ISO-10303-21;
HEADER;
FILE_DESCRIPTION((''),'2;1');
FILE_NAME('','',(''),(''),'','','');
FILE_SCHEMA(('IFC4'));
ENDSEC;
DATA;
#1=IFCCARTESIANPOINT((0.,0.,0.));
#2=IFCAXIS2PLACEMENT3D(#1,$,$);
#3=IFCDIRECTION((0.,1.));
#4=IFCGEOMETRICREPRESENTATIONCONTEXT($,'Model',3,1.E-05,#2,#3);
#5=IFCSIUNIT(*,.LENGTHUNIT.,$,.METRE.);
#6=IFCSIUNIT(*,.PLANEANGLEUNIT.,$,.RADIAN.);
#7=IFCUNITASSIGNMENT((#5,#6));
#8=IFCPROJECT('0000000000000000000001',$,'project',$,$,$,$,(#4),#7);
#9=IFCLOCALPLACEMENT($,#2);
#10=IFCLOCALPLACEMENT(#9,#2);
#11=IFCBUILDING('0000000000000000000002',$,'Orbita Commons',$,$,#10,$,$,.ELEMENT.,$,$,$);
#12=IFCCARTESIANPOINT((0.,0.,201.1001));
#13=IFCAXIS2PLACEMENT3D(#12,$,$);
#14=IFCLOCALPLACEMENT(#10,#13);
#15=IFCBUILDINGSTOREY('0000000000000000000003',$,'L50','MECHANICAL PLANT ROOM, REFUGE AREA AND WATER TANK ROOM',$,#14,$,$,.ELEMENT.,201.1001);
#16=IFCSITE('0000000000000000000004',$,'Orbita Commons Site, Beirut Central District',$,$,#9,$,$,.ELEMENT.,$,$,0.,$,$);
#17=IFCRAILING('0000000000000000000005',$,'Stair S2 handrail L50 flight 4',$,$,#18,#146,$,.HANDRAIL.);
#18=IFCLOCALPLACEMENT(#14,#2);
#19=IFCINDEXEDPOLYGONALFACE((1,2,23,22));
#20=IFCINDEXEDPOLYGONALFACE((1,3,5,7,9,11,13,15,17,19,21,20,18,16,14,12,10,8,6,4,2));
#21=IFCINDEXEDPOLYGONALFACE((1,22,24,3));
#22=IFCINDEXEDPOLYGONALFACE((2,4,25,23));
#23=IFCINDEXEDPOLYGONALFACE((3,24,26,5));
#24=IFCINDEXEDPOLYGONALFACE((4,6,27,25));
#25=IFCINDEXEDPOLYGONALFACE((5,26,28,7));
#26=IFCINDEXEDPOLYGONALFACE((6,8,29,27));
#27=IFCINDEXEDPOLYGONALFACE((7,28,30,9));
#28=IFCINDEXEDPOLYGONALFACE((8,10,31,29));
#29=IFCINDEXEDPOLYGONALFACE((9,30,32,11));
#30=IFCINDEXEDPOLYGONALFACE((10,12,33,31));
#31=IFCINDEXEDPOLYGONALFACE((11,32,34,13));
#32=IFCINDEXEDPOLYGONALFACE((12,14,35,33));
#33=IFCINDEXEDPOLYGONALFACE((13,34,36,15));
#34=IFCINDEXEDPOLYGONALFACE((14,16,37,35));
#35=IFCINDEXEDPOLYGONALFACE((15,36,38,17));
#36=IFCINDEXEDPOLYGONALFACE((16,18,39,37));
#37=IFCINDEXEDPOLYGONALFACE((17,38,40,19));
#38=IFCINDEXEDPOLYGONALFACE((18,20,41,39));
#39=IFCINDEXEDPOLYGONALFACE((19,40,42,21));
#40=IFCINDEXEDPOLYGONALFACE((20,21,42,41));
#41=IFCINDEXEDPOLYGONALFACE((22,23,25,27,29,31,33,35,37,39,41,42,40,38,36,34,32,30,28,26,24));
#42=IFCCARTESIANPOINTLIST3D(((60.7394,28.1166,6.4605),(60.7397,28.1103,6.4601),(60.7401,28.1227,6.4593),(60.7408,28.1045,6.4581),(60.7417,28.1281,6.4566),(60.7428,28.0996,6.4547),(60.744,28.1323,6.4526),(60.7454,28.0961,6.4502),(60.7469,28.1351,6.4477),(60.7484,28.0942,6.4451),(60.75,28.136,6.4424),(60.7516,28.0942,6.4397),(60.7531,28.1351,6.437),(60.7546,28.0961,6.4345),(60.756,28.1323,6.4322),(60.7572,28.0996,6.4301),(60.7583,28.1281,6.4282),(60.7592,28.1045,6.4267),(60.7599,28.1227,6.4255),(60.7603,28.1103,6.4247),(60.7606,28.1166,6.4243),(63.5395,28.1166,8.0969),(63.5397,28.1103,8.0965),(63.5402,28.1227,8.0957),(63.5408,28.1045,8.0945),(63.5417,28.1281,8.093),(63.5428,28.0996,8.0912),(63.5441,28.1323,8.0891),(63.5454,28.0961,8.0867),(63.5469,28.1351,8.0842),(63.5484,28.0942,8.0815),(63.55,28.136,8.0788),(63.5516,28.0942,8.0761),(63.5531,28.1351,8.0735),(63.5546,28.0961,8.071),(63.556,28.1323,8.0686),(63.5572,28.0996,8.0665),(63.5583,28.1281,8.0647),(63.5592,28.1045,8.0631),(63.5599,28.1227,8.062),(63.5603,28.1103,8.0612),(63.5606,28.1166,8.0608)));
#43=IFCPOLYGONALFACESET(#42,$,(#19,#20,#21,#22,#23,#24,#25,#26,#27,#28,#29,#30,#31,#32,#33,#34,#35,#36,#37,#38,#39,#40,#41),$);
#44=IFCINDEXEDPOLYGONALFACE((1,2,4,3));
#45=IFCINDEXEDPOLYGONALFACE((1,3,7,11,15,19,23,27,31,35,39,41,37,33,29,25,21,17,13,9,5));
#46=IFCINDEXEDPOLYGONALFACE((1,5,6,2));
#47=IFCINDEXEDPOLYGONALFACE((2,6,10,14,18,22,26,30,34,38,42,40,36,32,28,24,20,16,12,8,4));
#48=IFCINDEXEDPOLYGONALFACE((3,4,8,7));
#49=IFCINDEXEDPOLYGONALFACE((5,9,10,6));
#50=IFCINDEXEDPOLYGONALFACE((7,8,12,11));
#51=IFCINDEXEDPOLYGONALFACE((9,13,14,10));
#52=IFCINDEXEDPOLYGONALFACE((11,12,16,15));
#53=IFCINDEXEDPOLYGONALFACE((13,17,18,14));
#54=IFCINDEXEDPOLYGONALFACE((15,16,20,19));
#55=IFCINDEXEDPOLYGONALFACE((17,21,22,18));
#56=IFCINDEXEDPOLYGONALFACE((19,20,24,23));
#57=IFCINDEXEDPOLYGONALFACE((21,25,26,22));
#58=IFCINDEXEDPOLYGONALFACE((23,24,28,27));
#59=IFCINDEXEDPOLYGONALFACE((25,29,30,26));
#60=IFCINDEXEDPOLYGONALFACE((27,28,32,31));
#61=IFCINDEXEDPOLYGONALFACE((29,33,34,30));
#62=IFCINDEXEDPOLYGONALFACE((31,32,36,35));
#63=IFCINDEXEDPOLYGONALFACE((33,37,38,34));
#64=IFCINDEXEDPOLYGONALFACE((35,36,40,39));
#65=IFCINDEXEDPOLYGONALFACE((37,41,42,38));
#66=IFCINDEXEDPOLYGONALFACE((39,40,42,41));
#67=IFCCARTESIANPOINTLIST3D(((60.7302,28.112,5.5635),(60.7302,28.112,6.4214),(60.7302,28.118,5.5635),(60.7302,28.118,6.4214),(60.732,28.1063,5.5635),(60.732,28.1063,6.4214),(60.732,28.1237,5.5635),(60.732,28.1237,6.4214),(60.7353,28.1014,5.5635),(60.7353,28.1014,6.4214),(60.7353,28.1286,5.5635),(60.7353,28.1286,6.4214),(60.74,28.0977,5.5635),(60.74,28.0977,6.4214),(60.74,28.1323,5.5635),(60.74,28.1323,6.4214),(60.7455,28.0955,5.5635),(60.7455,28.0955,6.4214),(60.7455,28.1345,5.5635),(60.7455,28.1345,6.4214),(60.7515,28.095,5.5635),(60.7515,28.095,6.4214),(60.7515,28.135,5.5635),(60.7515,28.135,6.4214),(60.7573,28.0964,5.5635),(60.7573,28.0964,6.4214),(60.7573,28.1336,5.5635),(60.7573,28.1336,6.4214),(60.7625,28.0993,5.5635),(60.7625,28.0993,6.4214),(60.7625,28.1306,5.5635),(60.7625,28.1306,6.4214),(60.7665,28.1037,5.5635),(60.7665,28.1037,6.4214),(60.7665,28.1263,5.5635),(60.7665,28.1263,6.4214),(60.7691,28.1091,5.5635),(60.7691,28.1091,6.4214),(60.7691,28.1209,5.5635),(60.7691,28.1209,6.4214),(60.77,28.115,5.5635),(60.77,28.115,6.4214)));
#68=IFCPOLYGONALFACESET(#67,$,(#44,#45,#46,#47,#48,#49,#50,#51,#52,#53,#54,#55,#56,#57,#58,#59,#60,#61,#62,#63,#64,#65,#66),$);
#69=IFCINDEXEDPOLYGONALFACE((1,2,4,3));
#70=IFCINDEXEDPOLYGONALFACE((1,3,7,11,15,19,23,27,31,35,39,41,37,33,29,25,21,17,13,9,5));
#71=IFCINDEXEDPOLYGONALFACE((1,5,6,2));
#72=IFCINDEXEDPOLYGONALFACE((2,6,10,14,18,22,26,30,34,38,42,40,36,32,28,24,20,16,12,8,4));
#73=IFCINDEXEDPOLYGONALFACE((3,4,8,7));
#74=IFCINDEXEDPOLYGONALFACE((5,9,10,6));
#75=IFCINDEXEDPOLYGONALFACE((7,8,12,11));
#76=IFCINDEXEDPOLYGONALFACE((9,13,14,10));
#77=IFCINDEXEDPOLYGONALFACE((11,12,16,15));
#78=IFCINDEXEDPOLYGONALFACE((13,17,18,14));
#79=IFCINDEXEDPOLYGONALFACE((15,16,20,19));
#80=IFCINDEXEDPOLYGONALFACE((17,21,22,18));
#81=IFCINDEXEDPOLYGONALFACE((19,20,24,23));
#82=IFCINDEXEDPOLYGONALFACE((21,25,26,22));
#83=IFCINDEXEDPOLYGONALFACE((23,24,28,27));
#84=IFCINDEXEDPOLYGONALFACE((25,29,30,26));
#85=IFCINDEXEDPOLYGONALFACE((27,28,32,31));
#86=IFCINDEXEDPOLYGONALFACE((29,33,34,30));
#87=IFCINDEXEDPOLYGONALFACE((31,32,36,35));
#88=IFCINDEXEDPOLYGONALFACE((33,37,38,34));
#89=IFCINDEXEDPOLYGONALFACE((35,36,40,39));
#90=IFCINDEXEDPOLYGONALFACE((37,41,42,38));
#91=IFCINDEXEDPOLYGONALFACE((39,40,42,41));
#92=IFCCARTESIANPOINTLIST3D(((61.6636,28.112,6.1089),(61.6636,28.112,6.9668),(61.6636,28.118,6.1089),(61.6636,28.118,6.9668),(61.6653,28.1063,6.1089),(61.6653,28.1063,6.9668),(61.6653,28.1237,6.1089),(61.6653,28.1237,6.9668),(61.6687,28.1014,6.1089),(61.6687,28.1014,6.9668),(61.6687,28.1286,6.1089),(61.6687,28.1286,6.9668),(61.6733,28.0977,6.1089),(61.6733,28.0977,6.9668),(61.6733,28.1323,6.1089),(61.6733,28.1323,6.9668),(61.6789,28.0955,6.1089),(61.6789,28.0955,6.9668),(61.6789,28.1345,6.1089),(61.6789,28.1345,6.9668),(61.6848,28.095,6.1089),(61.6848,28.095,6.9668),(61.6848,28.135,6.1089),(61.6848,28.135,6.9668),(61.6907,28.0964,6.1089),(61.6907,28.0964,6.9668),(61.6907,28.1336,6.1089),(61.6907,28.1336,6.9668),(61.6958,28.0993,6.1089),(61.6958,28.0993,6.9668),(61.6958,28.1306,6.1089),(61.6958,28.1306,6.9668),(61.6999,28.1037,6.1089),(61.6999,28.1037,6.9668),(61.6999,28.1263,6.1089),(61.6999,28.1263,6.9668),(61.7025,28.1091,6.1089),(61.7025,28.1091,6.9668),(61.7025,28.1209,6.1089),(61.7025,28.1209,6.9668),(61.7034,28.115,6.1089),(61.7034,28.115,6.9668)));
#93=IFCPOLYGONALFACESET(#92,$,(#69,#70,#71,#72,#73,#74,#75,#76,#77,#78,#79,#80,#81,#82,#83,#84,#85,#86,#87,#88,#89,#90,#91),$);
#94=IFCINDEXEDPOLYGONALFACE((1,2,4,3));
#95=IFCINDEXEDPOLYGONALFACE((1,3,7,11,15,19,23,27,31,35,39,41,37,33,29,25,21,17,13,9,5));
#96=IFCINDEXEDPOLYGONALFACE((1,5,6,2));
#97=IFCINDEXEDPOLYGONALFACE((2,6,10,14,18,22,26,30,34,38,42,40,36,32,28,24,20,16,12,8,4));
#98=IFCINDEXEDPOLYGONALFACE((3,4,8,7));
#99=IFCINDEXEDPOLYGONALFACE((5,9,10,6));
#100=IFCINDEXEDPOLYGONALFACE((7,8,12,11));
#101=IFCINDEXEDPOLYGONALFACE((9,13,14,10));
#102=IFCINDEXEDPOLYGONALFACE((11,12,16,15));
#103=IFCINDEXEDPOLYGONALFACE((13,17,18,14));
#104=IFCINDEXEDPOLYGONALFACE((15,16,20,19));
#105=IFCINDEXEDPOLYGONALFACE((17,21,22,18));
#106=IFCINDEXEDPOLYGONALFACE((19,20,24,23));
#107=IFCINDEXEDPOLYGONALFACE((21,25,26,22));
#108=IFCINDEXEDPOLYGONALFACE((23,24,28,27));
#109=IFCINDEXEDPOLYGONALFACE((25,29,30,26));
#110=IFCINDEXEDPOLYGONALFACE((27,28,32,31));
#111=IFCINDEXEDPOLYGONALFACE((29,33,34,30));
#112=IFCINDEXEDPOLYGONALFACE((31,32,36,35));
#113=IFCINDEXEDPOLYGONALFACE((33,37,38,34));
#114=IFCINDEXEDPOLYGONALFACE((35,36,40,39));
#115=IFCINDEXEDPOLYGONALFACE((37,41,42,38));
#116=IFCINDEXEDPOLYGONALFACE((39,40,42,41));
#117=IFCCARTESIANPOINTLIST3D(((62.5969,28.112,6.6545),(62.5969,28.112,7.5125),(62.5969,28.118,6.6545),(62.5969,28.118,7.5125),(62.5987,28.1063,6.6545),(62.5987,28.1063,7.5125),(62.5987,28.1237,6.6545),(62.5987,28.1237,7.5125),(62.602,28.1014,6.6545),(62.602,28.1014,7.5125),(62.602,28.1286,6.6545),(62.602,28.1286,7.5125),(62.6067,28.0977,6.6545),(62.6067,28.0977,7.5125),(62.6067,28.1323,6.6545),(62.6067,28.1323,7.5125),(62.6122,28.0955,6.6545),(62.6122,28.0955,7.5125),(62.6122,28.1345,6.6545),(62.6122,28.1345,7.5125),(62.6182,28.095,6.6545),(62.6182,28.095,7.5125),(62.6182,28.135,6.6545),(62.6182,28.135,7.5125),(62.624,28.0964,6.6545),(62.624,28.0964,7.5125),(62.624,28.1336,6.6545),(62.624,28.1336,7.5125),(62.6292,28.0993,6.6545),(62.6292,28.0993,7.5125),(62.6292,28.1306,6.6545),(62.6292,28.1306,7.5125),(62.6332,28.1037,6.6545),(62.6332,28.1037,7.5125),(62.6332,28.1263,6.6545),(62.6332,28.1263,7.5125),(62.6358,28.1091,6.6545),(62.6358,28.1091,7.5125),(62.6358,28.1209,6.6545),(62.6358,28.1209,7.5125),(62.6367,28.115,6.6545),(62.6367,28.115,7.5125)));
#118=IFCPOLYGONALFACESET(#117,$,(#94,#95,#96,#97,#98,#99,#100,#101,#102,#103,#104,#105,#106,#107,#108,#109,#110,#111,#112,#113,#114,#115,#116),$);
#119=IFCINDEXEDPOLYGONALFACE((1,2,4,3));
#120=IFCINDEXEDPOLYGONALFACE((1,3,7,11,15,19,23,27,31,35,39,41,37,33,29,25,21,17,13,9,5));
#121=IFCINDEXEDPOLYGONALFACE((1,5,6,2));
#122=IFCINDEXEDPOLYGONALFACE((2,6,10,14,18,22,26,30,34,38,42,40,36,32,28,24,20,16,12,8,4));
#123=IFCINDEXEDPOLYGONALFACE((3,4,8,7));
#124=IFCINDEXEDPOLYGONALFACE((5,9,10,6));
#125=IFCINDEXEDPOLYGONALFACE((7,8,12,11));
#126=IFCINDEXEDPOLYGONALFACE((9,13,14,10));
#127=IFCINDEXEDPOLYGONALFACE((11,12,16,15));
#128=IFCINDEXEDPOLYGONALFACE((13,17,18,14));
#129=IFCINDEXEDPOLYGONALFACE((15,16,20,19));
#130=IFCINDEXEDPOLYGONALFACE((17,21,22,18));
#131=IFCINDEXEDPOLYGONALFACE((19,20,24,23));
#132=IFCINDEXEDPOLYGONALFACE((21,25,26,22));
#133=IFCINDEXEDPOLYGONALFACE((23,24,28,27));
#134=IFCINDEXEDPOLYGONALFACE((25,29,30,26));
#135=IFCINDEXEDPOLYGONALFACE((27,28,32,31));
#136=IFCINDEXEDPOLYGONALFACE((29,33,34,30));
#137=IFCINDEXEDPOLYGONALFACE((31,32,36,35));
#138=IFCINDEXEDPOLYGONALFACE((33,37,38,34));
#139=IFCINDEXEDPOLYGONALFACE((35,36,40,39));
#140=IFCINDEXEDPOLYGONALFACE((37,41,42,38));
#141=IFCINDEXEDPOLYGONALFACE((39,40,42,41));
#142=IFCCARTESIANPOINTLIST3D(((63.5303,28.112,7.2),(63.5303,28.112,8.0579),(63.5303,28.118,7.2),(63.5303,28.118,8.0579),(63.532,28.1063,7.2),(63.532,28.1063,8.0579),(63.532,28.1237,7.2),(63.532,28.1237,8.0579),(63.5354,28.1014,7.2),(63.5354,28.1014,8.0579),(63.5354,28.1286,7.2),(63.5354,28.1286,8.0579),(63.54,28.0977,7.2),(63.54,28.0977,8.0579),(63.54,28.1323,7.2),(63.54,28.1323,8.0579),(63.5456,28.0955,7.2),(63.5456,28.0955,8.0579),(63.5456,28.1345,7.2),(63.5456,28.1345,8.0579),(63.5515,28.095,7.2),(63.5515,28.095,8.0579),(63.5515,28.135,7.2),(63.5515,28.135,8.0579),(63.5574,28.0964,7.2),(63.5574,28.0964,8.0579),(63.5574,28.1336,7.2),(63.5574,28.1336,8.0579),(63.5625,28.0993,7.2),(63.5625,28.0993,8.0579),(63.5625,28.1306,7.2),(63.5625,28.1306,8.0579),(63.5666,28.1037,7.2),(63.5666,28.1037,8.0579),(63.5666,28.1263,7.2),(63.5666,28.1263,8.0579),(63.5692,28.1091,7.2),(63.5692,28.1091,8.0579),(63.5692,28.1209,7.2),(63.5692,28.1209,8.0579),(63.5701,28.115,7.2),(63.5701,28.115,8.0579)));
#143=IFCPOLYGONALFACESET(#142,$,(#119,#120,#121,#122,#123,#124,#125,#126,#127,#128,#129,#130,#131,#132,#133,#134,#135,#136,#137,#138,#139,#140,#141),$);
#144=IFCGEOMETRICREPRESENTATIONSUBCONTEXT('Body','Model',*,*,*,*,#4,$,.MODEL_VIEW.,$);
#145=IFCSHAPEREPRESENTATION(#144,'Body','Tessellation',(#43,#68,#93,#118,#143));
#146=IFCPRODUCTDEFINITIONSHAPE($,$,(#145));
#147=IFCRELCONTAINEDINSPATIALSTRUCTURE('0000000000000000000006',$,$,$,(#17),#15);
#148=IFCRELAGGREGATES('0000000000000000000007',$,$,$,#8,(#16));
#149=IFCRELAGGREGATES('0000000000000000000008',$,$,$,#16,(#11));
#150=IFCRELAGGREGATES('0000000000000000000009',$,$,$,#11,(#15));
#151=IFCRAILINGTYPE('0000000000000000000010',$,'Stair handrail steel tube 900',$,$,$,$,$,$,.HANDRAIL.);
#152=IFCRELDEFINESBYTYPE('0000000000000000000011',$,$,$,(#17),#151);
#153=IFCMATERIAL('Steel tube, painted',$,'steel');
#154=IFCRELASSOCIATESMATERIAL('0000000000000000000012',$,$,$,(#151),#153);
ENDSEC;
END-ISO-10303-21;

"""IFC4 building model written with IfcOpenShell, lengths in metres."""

from ifc_helpers import new_model, si_unit, direction, frame, origin, origin_2d, place, context, subcontext, project, spatial, circle, extrude, material, type_object, element, save


model = new_model("IFC4")

# Units and contexts
model_context = context("Model", 3, precision=1e-05, world=origin(), true_north=direction((0.0, 1.0)))
body_context = subcontext(model_context, "Body", "Model", "MODEL_VIEW")
ifc_project = project(units=[si_unit("LENGTHUNIT", "METRE"), si_unit("PLANEANGLEUNIT", "RADIAN")], contexts=[model_context])

# Site, building, storey
site_placement = place(None, origin())
site = spatial("IfcSite", under=ifc_project, at=site_placement, Name="Orbita Commons Site, Beirut Central District", CompositionType="ELEMENT", RefElevation=0.0)
building_placement = place(site_placement, origin())
building = spatial("IfcBuilding", under=site, at=building_placement, Name="Orbita Commons", CompositionType="ELEMENT")
storey_placement = place(building_placement, frame((0.0, 0.0, 201.1001)))
storey = spatial("IfcBuildingStorey", under=building, at=storey_placement, Name="L50", Description="MECHANICAL PLANT ROOM, REFUGE AREA AND WATER TANK ROOM", CompositionType="ELEMENT", Elevation=201.1001)

# Railing
ifc_material_1 = material(Name="Steel tube, painted", Category="steel")
railing_type = type_object("IfcRailingType", Name="Stair handrail steel tube 900", PredefinedType="HANDRAIL", material=ifc_material_1)
for number, where, name in (
    (1, (60.75, 28.115, 5.5635), "Stair S2 handrail L50 flight 4"),
):
    element("IfcRailing", number, at=place(storey_placement, frame(where)), inside=storey, type_object=railing_type, Name=name, PredefinedType="HANDRAIL", context=body_context, shape_type="SweptSolid", body=[
        extrude(circle(Radius=0.021, at=origin_2d()), frame((0.0, 0.0, 0.8789), z_axis=(0.863361, 0.0, 0.504587), x_axis=(0.0, 1.0, 0.0)), (0.0, 0.0, 1.0), 3.2432),
        extrude(circle(Radius=0.02, at=origin_2d()), origin(), (0.0, 0.0, 1.0), 0.8579),
        extrude(circle(Radius=0.02, at=origin_2d()), frame((0.9333, 0.0, 0.5454)), (0.0, 0.0, 1.0), 0.8579),
        extrude(circle(Radius=0.02, at=origin_2d()), frame((1.8667, 0.0, 1.0911)), (0.0, 0.0, 1.0), 0.8579),
        extrude(circle(Radius=0.02, at=origin_2d()), frame((2.8, 0.0, 1.6365)), (0.0, 0.0, 1.0), 0.8579),
    ])

save(model, "model.ifc")
